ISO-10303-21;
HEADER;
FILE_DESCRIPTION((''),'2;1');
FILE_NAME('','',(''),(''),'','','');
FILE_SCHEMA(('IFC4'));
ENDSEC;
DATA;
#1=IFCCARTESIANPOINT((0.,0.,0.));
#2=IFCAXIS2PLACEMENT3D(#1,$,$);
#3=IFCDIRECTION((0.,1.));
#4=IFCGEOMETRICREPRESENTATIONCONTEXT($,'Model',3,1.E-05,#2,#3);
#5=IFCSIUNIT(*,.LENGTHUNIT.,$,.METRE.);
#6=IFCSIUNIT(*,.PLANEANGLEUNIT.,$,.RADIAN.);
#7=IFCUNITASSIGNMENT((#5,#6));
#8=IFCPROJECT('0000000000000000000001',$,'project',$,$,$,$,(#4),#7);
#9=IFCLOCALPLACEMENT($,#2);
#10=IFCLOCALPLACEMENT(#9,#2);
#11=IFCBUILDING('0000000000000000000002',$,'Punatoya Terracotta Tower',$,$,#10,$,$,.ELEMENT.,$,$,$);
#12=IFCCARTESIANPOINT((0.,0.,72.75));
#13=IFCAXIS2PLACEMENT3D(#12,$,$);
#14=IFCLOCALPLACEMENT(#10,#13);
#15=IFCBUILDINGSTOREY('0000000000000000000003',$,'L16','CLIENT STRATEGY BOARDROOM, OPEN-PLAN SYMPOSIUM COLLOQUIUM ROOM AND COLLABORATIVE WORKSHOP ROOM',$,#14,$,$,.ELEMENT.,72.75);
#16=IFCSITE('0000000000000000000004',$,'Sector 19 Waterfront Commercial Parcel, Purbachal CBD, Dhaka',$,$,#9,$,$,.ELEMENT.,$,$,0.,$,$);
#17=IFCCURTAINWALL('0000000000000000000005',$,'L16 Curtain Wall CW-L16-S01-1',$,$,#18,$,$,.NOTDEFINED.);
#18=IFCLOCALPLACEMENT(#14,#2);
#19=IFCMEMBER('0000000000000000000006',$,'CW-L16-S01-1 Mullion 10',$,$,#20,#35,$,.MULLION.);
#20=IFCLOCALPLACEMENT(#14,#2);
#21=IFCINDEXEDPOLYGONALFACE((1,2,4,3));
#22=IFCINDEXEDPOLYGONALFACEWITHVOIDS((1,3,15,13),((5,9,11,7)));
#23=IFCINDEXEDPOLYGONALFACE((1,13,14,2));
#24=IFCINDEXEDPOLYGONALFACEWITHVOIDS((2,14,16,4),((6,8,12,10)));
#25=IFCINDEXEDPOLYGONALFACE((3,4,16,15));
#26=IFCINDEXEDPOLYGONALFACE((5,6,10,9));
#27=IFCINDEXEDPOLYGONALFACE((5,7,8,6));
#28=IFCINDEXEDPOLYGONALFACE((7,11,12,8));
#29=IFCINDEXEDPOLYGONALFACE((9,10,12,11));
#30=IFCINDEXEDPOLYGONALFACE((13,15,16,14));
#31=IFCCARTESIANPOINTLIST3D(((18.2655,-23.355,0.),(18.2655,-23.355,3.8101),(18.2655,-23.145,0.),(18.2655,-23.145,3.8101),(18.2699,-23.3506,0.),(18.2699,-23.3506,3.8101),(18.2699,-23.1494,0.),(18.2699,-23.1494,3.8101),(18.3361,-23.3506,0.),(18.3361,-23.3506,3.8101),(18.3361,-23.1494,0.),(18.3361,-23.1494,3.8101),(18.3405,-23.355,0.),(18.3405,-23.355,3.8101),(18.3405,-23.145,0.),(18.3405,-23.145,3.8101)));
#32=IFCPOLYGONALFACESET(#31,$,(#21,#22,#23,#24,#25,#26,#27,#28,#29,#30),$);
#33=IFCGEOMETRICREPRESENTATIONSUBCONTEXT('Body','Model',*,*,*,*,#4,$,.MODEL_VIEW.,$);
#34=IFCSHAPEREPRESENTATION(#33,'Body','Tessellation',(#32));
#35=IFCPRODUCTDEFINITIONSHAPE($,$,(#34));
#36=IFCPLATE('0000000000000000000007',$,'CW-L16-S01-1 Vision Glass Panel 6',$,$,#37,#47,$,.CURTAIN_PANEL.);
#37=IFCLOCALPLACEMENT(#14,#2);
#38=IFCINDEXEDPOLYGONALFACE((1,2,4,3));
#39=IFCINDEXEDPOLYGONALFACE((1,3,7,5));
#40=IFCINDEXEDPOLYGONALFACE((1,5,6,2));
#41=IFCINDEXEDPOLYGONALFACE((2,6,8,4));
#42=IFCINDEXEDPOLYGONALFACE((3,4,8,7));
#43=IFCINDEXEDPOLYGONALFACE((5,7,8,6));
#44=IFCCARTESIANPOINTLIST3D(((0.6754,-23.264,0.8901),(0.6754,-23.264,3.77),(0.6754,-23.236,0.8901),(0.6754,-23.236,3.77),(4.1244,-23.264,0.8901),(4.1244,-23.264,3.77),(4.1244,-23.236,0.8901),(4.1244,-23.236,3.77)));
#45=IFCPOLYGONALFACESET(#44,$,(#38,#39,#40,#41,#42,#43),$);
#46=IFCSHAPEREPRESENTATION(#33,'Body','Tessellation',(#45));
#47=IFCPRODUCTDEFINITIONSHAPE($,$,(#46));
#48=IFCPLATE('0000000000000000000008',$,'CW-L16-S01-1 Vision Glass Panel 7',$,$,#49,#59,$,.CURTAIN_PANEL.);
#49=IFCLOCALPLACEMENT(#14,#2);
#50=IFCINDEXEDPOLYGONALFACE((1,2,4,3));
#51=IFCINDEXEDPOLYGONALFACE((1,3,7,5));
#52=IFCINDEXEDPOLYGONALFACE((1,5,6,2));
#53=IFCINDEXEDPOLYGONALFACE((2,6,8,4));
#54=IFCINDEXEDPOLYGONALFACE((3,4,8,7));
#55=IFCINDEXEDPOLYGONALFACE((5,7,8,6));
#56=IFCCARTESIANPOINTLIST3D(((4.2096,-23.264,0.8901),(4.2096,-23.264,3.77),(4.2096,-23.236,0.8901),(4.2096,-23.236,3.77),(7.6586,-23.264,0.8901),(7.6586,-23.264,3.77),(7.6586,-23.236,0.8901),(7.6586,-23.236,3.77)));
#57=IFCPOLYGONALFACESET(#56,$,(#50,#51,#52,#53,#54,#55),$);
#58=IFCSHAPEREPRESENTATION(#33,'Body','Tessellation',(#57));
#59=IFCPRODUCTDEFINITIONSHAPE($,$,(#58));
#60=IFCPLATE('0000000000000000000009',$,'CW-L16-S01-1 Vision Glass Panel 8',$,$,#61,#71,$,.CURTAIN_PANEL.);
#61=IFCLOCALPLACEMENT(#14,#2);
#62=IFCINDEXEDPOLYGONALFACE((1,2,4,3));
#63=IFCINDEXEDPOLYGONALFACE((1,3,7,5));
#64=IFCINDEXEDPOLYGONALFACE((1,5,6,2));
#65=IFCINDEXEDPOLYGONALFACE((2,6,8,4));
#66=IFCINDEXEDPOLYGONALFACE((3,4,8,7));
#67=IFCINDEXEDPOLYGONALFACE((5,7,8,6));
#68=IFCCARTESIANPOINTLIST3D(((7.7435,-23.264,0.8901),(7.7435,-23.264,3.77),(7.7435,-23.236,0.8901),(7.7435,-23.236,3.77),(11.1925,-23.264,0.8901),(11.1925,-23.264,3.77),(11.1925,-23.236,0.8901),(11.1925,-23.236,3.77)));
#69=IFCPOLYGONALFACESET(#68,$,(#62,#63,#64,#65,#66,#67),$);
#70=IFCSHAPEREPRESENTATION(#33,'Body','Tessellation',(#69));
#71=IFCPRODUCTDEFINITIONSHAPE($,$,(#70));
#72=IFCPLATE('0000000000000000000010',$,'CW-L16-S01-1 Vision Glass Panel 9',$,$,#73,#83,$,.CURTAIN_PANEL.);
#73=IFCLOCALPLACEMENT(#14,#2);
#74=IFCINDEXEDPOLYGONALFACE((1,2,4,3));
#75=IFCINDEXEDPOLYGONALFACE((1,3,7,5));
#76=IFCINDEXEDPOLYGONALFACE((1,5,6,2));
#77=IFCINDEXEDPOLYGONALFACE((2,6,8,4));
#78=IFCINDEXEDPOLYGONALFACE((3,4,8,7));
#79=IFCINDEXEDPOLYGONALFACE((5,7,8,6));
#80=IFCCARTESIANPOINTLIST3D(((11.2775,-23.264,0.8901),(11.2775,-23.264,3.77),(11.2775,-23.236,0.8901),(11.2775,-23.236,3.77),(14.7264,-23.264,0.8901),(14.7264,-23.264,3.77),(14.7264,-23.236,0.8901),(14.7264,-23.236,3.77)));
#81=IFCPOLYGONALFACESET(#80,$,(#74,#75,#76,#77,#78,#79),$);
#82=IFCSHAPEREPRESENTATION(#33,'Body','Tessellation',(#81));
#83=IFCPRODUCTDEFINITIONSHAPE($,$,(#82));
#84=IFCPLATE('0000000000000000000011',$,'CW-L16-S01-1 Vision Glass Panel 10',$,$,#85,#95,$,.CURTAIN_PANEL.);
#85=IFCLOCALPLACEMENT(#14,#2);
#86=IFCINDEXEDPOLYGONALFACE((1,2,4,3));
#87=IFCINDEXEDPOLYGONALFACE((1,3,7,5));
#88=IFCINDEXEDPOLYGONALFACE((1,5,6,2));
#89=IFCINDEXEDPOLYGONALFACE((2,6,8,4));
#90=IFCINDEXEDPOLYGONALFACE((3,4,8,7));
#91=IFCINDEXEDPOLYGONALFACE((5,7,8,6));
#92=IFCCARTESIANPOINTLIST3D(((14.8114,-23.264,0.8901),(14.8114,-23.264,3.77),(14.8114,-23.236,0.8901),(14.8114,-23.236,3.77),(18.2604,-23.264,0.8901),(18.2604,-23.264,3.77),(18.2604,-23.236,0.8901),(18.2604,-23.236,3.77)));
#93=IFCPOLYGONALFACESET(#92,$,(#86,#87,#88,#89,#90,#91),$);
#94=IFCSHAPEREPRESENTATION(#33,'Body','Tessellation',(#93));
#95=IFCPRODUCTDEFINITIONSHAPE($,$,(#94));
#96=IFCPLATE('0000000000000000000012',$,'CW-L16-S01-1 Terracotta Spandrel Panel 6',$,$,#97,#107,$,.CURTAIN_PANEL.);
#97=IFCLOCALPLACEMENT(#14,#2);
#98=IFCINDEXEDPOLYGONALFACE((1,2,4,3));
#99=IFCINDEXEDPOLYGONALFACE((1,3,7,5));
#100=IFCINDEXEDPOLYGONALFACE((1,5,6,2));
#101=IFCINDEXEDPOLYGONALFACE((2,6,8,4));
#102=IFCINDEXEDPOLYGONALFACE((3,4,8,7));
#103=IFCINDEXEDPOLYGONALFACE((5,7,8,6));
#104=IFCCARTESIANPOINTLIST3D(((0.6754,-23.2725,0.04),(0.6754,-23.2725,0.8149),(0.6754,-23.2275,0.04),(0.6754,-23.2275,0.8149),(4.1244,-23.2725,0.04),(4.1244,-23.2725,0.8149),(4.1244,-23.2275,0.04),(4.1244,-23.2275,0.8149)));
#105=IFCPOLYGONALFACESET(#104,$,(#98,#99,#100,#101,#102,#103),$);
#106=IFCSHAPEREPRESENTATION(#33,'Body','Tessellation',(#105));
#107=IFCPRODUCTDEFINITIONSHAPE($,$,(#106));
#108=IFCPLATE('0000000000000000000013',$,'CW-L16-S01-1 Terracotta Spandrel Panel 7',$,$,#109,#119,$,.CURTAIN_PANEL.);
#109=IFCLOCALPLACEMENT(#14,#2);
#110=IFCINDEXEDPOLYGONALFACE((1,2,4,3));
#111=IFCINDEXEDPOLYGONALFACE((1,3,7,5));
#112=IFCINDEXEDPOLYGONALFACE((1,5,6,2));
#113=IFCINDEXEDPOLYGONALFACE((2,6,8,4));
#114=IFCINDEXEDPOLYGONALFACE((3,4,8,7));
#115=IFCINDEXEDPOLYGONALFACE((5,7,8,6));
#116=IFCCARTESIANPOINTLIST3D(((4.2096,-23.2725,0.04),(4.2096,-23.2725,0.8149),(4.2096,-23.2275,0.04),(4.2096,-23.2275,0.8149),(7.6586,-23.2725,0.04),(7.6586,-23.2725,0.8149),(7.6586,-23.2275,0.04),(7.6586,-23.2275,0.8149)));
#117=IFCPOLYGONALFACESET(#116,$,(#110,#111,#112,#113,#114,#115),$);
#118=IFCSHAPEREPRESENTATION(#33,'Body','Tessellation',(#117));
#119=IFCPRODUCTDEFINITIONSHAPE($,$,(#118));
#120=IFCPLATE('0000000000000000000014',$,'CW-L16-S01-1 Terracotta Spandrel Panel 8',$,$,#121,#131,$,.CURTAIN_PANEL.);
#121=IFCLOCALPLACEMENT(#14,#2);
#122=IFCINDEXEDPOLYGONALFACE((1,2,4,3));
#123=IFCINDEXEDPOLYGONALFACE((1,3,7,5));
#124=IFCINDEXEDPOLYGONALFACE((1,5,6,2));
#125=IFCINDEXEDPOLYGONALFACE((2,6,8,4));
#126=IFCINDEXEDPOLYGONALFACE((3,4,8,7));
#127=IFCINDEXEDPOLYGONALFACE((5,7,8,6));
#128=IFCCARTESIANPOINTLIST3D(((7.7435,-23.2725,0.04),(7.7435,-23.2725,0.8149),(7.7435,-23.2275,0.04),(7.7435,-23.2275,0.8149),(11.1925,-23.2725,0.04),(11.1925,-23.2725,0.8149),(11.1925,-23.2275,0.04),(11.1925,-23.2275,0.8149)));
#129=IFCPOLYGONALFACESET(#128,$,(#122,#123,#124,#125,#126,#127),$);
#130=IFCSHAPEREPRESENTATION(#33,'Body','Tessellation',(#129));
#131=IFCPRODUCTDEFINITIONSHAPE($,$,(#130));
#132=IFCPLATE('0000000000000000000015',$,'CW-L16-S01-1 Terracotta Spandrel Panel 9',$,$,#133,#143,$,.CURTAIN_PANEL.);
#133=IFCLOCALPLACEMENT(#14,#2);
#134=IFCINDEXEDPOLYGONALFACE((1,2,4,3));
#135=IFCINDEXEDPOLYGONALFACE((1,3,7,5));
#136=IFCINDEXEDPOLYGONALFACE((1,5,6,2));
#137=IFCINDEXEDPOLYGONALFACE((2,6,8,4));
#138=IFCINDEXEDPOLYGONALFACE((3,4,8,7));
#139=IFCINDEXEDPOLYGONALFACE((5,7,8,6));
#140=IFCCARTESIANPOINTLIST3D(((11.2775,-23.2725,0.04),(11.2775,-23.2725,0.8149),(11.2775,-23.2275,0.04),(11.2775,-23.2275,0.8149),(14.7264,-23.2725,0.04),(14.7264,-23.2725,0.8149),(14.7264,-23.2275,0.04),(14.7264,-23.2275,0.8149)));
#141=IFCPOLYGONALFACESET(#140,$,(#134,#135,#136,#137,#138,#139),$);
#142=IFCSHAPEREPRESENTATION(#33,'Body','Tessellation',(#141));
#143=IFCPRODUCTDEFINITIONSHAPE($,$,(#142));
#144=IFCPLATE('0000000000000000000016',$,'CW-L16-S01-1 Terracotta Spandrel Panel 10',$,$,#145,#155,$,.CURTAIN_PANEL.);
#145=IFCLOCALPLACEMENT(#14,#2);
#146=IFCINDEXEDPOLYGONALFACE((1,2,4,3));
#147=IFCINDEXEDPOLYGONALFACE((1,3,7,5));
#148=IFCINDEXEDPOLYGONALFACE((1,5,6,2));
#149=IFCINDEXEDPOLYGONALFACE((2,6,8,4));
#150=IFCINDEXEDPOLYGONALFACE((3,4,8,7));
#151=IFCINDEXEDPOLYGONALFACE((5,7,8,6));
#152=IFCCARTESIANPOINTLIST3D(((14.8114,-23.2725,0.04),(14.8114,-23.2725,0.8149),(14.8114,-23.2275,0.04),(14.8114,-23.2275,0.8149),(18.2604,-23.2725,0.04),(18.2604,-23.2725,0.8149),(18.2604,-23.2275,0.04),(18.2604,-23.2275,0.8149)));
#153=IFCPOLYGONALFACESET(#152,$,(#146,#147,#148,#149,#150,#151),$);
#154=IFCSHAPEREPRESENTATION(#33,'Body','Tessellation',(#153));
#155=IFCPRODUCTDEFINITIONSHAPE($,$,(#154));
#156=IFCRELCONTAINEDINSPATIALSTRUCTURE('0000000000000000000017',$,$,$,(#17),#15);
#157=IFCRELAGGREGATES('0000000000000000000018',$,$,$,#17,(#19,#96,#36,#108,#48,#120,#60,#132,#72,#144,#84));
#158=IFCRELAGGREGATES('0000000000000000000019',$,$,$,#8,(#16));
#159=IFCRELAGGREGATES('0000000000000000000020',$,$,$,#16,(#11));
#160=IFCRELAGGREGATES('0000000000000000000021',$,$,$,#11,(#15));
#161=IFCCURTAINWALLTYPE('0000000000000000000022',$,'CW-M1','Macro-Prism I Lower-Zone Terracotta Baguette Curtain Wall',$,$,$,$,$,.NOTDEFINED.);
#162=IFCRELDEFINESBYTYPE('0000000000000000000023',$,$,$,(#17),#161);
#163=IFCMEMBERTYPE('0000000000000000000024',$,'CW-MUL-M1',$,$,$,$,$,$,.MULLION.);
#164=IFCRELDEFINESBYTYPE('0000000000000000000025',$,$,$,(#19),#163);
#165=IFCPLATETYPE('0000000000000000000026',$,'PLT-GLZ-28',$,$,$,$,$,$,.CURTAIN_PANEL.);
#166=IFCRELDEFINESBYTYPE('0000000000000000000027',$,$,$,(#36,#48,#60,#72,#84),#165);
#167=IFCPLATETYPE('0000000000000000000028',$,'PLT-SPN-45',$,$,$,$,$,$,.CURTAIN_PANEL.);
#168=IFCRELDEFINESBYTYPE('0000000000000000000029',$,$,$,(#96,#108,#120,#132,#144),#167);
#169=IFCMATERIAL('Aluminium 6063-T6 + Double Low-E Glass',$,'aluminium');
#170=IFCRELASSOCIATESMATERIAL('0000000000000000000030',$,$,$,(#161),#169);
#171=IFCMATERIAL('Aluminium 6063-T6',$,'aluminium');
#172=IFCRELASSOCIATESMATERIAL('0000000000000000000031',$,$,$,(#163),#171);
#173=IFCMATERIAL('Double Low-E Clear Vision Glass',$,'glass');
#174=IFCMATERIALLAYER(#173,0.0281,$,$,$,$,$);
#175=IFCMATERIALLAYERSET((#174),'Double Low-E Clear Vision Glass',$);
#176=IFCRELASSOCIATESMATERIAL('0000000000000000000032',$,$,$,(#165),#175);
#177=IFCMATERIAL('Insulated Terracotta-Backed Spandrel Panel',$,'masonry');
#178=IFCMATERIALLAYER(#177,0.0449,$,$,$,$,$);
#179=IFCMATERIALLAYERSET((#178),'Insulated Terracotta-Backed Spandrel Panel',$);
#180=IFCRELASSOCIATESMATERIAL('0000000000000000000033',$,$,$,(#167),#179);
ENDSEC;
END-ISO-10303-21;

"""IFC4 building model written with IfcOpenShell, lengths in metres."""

from ifc_helpers import new_model, si_unit, direction, frame, origin, origin_2d, place, context, subcontext, project, spatial, rectangle, hollow_rectangle, extrude, material, layer, layer_set, material_profile, profile_set, type_object, element, aggregate, save


model = new_model("IFC4")

# Units and contexts
model_context = context("Model", 3, precision=1e-05, world=origin(), true_north=direction((0.0, 1.0)))
body_context = subcontext(model_context, "Body", "Model", "MODEL_VIEW")
ifc_project = project(units=[si_unit("LENGTHUNIT", "METRE"), si_unit("PLANEANGLEUNIT", "RADIAN")], contexts=[model_context])

# Site, building, storey
site_placement = place(None, origin())
site = spatial("IfcSite", under=ifc_project, at=site_placement, Name="Sector 19 Waterfront Commercial Parcel, Purbachal CBD, Dhaka", CompositionType="ELEMENT", RefElevation=0.0)
building_placement = place(site_placement, origin())
building = spatial("IfcBuilding", under=site, at=building_placement, Name="Punatoya Terracotta Tower", CompositionType="ELEMENT")
storey_placement = place(building_placement, frame((0.0, 0.0, 72.75)))
storey = spatial("IfcBuildingStorey", under=building, at=storey_placement, Name="L16", Description="CLIENT STRATEGY BOARDROOM, OPEN-PLAN SYMPOSIUM COLLOQUIUM ROOM AND COLLABORATIVE WORKSHOP ROOM", CompositionType="ELEMENT", Elevation=72.75)

# Curtain wall, member, plates
ifc_material_1 = material(Name="Aluminium 6063-T6 + Double Low-E Glass", Category="aluminium")
curtain_wall_type = type_object("IfcCurtainWallType", Name="CW-M1", Description="Macro-Prism I Lower-Zone Terracotta Baguette Curtain Wall", PredefinedType="NOTDEFINED", material=ifc_material_1)
curtain_wall_placement = place(storey_placement, origin())
curtain_wall = element("IfcCurtainWall", 1, at=curtain_wall_placement, inside=storey, type_object=curtain_wall_type, Name="L16 Curtain Wall CW-L16-S01-1", PredefinedType="NOTDEFINED")
ifc_material_2 = material(Name="Aluminium 6063-T6", Category="aluminium")
ifc_material_profile_1 = material_profile(ifc_material_2, hollow_rectangle(XDim=0.075, YDim=0.21, WallThickness=0.0044, at=origin_2d()))
ifc_profile_set_1 = profile_set([ifc_material_profile_1], Name="Aluminium 6063-T6")
member_type = type_object("IfcMemberType", Name="CW-MUL-M1", PredefinedType="MULLION", material=ifc_profile_set_1)
member_1_placement = place(storey_placement, frame((18.303, -23.25, 0.0), z_axis=(0.0, 0.0, 1.0), x_axis=(1.0, 0.0, 0.0)))
member_1 = element("IfcMember", 2, at=member_1_placement, type_object=member_type, Name="CW-L16-S01-1 Mullion 10", PredefinedType="MULLION", context=body_context, shape_type="SweptSolid", body=[
    extrude(hollow_rectangle(XDim=0.075, YDim=0.21, WallThickness=0.0044, at=origin_2d()), origin(), (0.0, 0.0, 1.0), 3.8101),
])
ifc_material_3 = material(Name="Double Low-E Clear Vision Glass", Category="glass")
ifc_layer_1 = layer(ifc_material_3, 0.0281)
ifc_layer_set_1 = layer_set([ifc_layer_1], Name="Double Low-E Clear Vision Glass")
plate_type_1 = type_object("IfcPlateType", Name="PLT-GLZ-28", PredefinedType="CURTAIN_PANEL", material=ifc_layer_set_1)
plate_1_placement = place(storey_placement, frame((2.3999, -23.25, 0.8901), z_axis=(0.0, 0.0, 1.0), x_axis=(1.0, 0.0, 0.0)))
plate_1 = element("IfcPlate", 3, at=plate_1_placement, type_object=plate_type_1, Name="CW-L16-S01-1 Vision Glass Panel 6", PredefinedType="CURTAIN_PANEL", context=body_context, shape_type="SweptSolid", body=[
    extrude(rectangle(XDim=3.449, YDim=0.0281, at=origin_2d()), origin(), (0.0, 0.0, 1.0), 2.8799),
])
plate_2_placement = place(storey_placement, frame((5.9341, -23.25, 0.8901), z_axis=(0.0, 0.0, 1.0), x_axis=(1.0, 0.0, 0.0)))
plate_2 = element("IfcPlate", 4, at=plate_2_placement, type_object=plate_type_1, Name="CW-L16-S01-1 Vision Glass Panel 7", PredefinedType="CURTAIN_PANEL", context=body_context, shape_type="SweptSolid", body=[
    extrude(rectangle(XDim=3.449, YDim=0.0281, at=origin_2d()), origin(), (0.0, 0.0, 1.0), 2.8799),
])
plate_3_placement = place(storey_placement, frame((9.468, -23.25, 0.8901), z_axis=(0.0, 0.0, 1.0), x_axis=(1.0, 0.0, 0.0)))
plate_3 = element("IfcPlate", 5, at=plate_3_placement, type_object=plate_type_1, Name="CW-L16-S01-1 Vision Glass Panel 8", PredefinedType="CURTAIN_PANEL", context=body_context, shape_type="SweptSolid", body=[
    extrude(rectangle(XDim=3.449, YDim=0.0281, at=origin_2d()), origin(), (0.0, 0.0, 1.0), 2.8799),
])
plate_4_placement = place(storey_placement, frame((13.002, -23.25, 0.8901), z_axis=(0.0, 0.0, 1.0), x_axis=(1.0, 0.0, 0.0)))
plate_4 = element("IfcPlate", 6, at=plate_4_placement, type_object=plate_type_1, Name="CW-L16-S01-1 Vision Glass Panel 9", PredefinedType="CURTAIN_PANEL", context=body_context, shape_type="SweptSolid", body=[
    extrude(rectangle(XDim=3.449, YDim=0.0281, at=origin_2d()), origin(), (0.0, 0.0, 1.0), 2.8799),
])
plate_5_placement = place(storey_placement, frame((16.5359, -23.25, 0.8901), z_axis=(0.0, 0.0, 1.0), x_axis=(1.0, 0.0, 0.0)))
plate_5 = element("IfcPlate", 7, at=plate_5_placement, type_object=plate_type_1, Name="CW-L16-S01-1 Vision Glass Panel 10", PredefinedType="CURTAIN_PANEL", context=body_context, shape_type="SweptSolid", body=[
    extrude(rectangle(XDim=3.449, YDim=0.0281, at=origin_2d()), origin(), (0.0, 0.0, 1.0), 2.8799),
])
ifc_material_4 = material(Name="Insulated Terracotta-Backed Spandrel Panel", Category="masonry")
ifc_layer_2 = layer(ifc_material_4, 0.0449)
ifc_layer_set_2 = layer_set([ifc_layer_2], Name="Insulated Terracotta-Backed Spandrel Panel")
plate_type_2 = type_object("IfcPlateType", Name="PLT-SPN-45", PredefinedType="CURTAIN_PANEL", material=ifc_layer_set_2)
plate_6_placement = place(storey_placement, frame((2.3999, -23.25, 0.04), z_axis=(0.0, 0.0, 1.0), x_axis=(1.0, 0.0, 0.0)))
plate_6 = element("IfcPlate", 8, at=plate_6_placement, type_object=plate_type_2, Name="CW-L16-S01-1 Terracotta Spandrel Panel 6", PredefinedType="CURTAIN_PANEL", context=body_context, shape_type="SweptSolid", body=[
    extrude(rectangle(XDim=3.449, YDim=0.0449, at=origin_2d()), origin(), (0.0, 0.0, 1.0), 0.7749),
])
plate_7_placement = place(storey_placement, frame((5.9341, -23.25, 0.04), z_axis=(0.0, 0.0, 1.0), x_axis=(1.0, 0.0, 0.0)))
plate_7 = element("IfcPlate", 9, at=plate_7_placement, type_object=plate_type_2, Name="CW-L16-S01-1 Terracotta Spandrel Panel 7", PredefinedType="CURTAIN_PANEL", context=body_context, shape_type="SweptSolid", body=[
    extrude(rectangle(XDim=3.449, YDim=0.0449, at=origin_2d()), origin(), (0.0, 0.0, 1.0), 0.7749),
])
plate_8_placement = place(storey_placement, frame((9.468, -23.25, 0.04), z_axis=(0.0, 0.0, 1.0), x_axis=(1.0, 0.0, 0.0)))
plate_8 = element("IfcPlate", 10, at=plate_8_placement, type_object=plate_type_2, Name="CW-L16-S01-1 Terracotta Spandrel Panel 8", PredefinedType="CURTAIN_PANEL", context=body_context, shape_type="SweptSolid", body=[
    extrude(rectangle(XDim=3.449, YDim=0.0449, at=origin_2d()), origin(), (0.0, 0.0, 1.0), 0.7749),
])
plate_9_placement = place(storey_placement, frame((13.002, -23.25, 0.04), z_axis=(0.0, 0.0, 1.0), x_axis=(1.0, 0.0, 0.0)))
plate_9 = element("IfcPlate", 11, at=plate_9_placement, type_object=plate_type_2, Name="CW-L16-S01-1 Terracotta Spandrel Panel 9", PredefinedType="CURTAIN_PANEL", context=body_context, shape_type="SweptSolid", body=[
    extrude(rectangle(XDim=3.449, YDim=0.0449, at=origin_2d()), origin(), (0.0, 0.0, 1.0), 0.7749),
])
plate_10_placement = place(storey_placement, frame((16.5359, -23.25, 0.04), z_axis=(0.0, 0.0, 1.0), x_axis=(1.0, 0.0, 0.0)))
plate_10 = element("IfcPlate", 12, at=plate_10_placement, type_object=plate_type_2, Name="CW-L16-S01-1 Terracotta Spandrel Panel 10", PredefinedType="CURTAIN_PANEL", context=body_context, shape_type="SweptSolid", body=[
    extrude(rectangle(XDim=3.449, YDim=0.0449, at=origin_2d()), origin(), (0.0, 0.0, 1.0), 0.7749),
])
aggregate(curtain_wall, [member_1, plate_6, plate_1, plate_7, plate_2, plate_8, plate_3, plate_9, plate_4, plate_10, plate_5])

save(model, "model.ifc")
